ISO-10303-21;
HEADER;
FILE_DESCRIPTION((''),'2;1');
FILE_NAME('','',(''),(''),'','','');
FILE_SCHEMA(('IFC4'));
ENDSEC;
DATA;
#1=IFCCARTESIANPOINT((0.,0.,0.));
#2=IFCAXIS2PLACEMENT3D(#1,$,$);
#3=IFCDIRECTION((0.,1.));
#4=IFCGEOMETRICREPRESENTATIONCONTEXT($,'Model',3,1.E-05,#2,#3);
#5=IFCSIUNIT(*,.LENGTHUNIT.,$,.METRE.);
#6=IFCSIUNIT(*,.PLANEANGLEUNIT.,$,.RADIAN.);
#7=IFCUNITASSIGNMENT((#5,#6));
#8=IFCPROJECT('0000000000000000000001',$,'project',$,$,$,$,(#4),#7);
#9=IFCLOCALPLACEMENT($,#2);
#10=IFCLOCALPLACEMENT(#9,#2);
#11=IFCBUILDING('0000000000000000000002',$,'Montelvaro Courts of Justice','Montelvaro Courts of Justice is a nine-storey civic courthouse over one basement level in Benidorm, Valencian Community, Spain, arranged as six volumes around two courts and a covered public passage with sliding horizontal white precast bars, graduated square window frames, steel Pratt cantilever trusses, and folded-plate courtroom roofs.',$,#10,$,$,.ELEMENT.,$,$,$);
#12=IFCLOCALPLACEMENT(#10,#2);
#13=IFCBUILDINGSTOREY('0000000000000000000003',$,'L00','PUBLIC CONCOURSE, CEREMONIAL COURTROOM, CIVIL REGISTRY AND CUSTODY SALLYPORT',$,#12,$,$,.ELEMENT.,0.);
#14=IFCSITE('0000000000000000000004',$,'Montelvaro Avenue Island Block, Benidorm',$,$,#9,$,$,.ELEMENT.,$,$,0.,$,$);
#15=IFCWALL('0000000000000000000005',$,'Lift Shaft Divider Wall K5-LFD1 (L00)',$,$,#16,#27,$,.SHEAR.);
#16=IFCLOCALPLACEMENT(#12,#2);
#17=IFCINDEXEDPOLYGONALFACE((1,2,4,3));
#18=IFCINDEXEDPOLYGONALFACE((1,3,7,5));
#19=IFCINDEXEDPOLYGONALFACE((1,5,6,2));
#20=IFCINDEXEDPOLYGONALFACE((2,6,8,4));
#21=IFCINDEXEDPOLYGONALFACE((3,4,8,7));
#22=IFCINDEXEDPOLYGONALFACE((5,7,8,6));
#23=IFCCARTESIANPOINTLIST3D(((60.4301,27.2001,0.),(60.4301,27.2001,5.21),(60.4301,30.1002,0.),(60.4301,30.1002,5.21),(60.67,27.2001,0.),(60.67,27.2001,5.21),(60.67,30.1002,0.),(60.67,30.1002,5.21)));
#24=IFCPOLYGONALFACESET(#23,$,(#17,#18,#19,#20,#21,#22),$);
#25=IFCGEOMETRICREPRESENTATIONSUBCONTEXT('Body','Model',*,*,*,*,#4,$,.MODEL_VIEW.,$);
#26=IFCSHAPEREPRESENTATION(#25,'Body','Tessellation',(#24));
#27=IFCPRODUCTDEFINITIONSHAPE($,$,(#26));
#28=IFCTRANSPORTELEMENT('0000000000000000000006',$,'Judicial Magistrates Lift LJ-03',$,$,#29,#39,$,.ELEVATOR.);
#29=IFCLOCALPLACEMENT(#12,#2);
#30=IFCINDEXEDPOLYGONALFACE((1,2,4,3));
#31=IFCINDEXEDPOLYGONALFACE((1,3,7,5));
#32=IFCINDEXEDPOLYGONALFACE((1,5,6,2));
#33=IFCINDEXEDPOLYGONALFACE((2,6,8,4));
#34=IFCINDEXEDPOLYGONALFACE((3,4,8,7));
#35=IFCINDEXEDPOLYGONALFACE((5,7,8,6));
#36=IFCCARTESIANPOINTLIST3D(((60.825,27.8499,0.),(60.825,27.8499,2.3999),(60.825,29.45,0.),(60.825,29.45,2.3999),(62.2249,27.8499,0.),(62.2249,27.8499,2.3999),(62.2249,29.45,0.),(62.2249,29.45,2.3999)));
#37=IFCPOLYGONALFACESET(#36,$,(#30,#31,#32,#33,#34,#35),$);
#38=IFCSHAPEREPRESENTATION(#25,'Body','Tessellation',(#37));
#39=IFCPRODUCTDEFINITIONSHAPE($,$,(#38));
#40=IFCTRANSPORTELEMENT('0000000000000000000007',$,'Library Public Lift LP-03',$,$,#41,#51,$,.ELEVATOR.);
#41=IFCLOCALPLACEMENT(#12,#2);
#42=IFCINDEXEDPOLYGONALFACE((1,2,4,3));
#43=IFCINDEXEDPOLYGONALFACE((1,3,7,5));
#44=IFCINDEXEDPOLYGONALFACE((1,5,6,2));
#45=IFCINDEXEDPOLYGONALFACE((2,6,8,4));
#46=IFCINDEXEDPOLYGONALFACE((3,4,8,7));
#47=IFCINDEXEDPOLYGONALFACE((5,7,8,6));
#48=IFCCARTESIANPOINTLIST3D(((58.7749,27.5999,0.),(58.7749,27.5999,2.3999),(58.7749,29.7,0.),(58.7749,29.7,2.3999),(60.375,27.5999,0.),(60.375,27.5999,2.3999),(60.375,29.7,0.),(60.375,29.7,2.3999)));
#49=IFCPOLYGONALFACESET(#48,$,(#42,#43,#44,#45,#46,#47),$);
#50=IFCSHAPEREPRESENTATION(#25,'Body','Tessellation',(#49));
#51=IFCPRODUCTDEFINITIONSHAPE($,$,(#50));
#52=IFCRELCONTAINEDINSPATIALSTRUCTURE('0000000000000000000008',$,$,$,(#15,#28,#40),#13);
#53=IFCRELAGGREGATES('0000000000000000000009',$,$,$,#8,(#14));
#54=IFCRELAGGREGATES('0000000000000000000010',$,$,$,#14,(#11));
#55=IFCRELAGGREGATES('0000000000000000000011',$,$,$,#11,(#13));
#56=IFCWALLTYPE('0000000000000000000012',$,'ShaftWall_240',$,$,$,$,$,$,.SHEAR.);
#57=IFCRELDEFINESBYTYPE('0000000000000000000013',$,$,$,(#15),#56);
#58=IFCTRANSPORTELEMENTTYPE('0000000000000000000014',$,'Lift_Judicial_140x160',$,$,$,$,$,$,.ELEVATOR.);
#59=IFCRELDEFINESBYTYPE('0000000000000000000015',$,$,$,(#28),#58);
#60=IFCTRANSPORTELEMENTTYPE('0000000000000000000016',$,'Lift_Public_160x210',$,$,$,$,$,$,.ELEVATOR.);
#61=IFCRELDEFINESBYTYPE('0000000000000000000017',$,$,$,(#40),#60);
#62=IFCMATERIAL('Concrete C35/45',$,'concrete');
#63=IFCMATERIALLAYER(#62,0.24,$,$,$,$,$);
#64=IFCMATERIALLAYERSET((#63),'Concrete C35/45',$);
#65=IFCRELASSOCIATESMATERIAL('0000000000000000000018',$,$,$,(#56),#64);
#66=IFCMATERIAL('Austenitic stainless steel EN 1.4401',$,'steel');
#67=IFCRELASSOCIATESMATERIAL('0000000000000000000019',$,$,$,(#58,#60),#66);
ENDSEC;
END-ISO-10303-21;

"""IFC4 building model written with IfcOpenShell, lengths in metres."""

from ifc_helpers import new_model, si_unit, direction, frame, frame_2d, origin, origin_2d, place, context, subcontext, project, spatial, rectangle, extrude, material, layer, layer_set, type_object, element, save


model = new_model("IFC4")

# Units and contexts
model_context = context("Model", 3, precision=1e-05, world=origin(), true_north=direction((0.0, 1.0)))
body_context = subcontext(model_context, "Body", "Model", "MODEL_VIEW")
ifc_project = project(units=[si_unit("LENGTHUNIT", "METRE"), si_unit("PLANEANGLEUNIT", "RADIAN")], contexts=[model_context])

# Site, building, storey
site_placement = place(None, origin())
site = spatial("IfcSite", under=ifc_project, at=site_placement, Name="Montelvaro Avenue Island Block, Benidorm", CompositionType="ELEMENT", RefElevation=0.0)
building_placement = place(site_placement, origin())
building = spatial("IfcBuilding", under=site, at=building_placement, Name="Montelvaro Courts of Justice", Description="Montelvaro Courts of Justice is a nine-storey civic courthouse over one basement level in Benidorm, Valencian Community, Spain, arranged as six volumes around two courts and a covered public passage with sliding horizontal white precast bars, graduated square window frames, steel Pratt cantilever trusses, and folded-plate courtroom roofs.", CompositionType="ELEMENT")
storey_placement = place(building_placement, origin())
storey = spatial("IfcBuildingStorey", under=building, at=storey_placement, Name="L00", Description="PUBLIC CONCOURSE, CEREMONIAL COURTROOM, CIVIL REGISTRY AND CUSTODY SALLYPORT", CompositionType="ELEMENT", Elevation=0.0)

# Shared definitions
ifc_material_1 = material(Name="Concrete C35/45", Category="concrete")
ifc_layer_1 = layer(ifc_material_1, 0.24)
ifc_layer_set_1 = layer_set([ifc_layer_1], Name="Concrete C35/45")
wall_type_1 = type_object("IfcWallType", Name="ShaftWall_240", PredefinedType="SHEAR", material=ifc_layer_set_1)

# Wall
wall_1_placement = place(storey_placement, frame((60.55, 27.2, 0.0), z_axis=(0.0, 0.0, 1.0), x_axis=(0.0, 1.0, 0.0)))
element("IfcWall", 1, at=wall_1_placement, inside=storey, type_object=wall_type_1, Name="Lift Shaft Divider Wall K5-LFD1 (L00)", PredefinedType="SHEAR", context=body_context, shape_type="SweptSolid", body=[
    extrude(rectangle(XDim=2.9001, YDim=0.24, at=frame_2d((1.4502, 0.0))), origin(), (0.0, 0.0, 1.0), 5.21),
])

# Transport elements
ifc_material_2 = material(Name="Austenitic stainless steel EN 1.4401", Category="steel")
transport_element_type_1 = type_object("IfcTransportElementType", Name="Lift_Judicial_140x160", PredefinedType="ELEVATOR", material=ifc_material_2)
transport_element_1_placement = place(storey_placement, frame((61.5249, 28.6499, 0.0), z_axis=(0.0, 0.0, 1.0), x_axis=(1.0, 0.0, 0.0)))
element("IfcTransportElement", 2, at=transport_element_1_placement, inside=storey, type_object=transport_element_type_1, Name="Judicial Magistrates Lift LJ-03", PredefinedType="ELEVATOR", context=body_context, shape_type="SweptSolid", body=[
    extrude(rectangle(XDim=1.3999, YDim=1.6001, at=origin_2d()), origin(), (0.0, 0.0, 1.0), 2.3999),
])
transport_element_type_2 = type_object("IfcTransportElementType", Name="Lift_Public_160x210", PredefinedType="ELEVATOR", material=ifc_material_2)
transport_element_2_placement = place(storey_placement, frame((59.575, 28.6499, 0.0), z_axis=(0.0, 0.0, 1.0), x_axis=(1.0, 0.0, 0.0)))
element("IfcTransportElement", 3, at=transport_element_2_placement, inside=storey, type_object=transport_element_type_2, Name="Library Public Lift LP-03", PredefinedType="ELEVATOR", context=body_context, shape_type="SweptSolid", body=[
    extrude(rectangle(XDim=1.6001, YDim=2.1001, at=origin_2d()), origin(), (0.0, 0.0, 1.0), 2.3999),
])

save(model, "model.ifc")
